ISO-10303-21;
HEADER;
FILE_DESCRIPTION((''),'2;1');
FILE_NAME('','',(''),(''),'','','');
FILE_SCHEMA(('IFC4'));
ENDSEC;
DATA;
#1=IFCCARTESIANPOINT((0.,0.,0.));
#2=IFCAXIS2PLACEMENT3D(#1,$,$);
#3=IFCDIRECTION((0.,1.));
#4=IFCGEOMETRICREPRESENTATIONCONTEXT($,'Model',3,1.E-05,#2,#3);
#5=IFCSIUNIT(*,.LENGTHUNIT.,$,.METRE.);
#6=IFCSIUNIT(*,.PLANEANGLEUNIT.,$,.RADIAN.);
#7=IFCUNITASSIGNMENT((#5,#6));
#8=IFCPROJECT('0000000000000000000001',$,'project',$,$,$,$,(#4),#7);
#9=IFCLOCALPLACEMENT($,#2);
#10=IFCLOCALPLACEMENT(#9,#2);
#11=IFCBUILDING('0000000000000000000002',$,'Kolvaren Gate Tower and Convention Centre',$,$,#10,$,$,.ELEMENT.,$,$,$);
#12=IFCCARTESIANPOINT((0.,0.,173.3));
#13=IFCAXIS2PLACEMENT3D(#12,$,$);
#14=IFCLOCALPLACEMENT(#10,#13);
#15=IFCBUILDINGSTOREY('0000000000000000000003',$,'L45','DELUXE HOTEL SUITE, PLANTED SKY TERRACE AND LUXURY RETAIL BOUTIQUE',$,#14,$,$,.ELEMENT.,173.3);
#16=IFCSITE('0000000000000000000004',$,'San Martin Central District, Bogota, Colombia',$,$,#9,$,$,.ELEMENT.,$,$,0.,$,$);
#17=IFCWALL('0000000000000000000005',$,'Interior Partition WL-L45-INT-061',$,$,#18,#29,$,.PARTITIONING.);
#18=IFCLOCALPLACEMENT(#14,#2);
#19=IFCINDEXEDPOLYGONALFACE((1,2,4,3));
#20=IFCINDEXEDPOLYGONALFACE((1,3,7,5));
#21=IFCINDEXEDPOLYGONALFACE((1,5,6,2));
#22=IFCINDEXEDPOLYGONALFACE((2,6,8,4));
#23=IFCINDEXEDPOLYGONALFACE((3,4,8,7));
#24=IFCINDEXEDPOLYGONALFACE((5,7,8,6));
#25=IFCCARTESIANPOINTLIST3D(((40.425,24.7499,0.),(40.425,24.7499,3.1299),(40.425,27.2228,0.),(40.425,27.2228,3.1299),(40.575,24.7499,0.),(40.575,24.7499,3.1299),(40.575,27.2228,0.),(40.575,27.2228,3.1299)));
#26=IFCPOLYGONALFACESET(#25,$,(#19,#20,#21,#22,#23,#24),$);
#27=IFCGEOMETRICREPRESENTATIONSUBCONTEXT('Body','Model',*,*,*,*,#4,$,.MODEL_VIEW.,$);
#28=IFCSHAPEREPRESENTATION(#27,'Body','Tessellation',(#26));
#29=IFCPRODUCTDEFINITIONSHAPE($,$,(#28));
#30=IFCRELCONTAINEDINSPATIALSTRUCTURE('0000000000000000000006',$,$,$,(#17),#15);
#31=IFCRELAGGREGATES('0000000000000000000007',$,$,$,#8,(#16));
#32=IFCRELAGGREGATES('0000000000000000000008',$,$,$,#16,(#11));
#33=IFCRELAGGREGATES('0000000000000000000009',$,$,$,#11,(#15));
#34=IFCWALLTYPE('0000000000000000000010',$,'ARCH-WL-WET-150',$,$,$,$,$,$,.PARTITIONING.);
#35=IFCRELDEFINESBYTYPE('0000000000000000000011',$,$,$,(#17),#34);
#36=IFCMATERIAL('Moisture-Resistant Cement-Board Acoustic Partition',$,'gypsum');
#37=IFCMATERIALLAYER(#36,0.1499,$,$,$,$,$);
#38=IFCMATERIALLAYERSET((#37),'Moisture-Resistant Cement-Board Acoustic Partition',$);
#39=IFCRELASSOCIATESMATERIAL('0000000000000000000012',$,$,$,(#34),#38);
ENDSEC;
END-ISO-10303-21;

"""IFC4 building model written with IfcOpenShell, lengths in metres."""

from ifc_helpers import new_model, si_unit, direction, frame, frame_2d, origin, place, context, subcontext, project, spatial, rectangle, extrude, material, layer, layer_set, type_object, element, save


model = new_model("IFC4")

# Units and contexts
model_context = context("Model", 3, precision=1e-05, world=origin(), true_north=direction((0.0, 1.0)))
body_context = subcontext(model_context, "Body", "Model", "MODEL_VIEW")
ifc_project = project(units=[si_unit("LENGTHUNIT", "METRE"), si_unit("PLANEANGLEUNIT", "RADIAN")], contexts=[model_context])

# Site, building, storey
site_placement = place(None, origin())
site = spatial("IfcSite", under=ifc_project, at=site_placement, Name="San Martin Central District, Bogota, Colombia", CompositionType="ELEMENT", RefElevation=0.0)
building_placement = place(site_placement, origin())
building = spatial("IfcBuilding", under=site, at=building_placement, Name="Kolvaren Gate Tower and Convention Centre", CompositionType="ELEMENT")
storey_placement = place(building_placement, frame((0.0, 0.0, 173.3)))
storey = spatial("IfcBuildingStorey", under=building, at=storey_placement, Name="L45", Description="DELUXE HOTEL SUITE, PLANTED SKY TERRACE AND LUXURY RETAIL BOUTIQUE", CompositionType="ELEMENT", Elevation=173.3)

# Wall
ifc_material_1 = material(Name="Moisture-Resistant Cement-Board Acoustic Partition", Category="gypsum")
ifc_layer_1 = layer(ifc_material_1, 0.1499)
ifc_layer_set_1 = layer_set([ifc_layer_1], Name="Moisture-Resistant Cement-Board Acoustic Partition")
wall_type_1 = type_object("IfcWallType", Name="ARCH-WL-WET-150", PredefinedType="PARTITIONING", material=ifc_layer_set_1)
wall_1_placement = place(storey_placement, frame((40.5, 24.75, 0.0), z_axis=(0.0, 0.0, 1.0), x_axis=(0.0, 1.0, 0.0)))
element("IfcWall", 1, at=wall_1_placement, inside=storey, type_object=wall_type_1, Name="Interior Partition WL-L45-INT-061", PredefinedType="PARTITIONING", context=body_context, shape_type="SweptSolid", body=[
    extrude(rectangle(XDim=2.4729, YDim=0.1499, at=frame_2d((1.2363, 0.0))), origin(), (0.0, 0.0, 1.0), 3.1299),
])

save(model, "model.ifc")
